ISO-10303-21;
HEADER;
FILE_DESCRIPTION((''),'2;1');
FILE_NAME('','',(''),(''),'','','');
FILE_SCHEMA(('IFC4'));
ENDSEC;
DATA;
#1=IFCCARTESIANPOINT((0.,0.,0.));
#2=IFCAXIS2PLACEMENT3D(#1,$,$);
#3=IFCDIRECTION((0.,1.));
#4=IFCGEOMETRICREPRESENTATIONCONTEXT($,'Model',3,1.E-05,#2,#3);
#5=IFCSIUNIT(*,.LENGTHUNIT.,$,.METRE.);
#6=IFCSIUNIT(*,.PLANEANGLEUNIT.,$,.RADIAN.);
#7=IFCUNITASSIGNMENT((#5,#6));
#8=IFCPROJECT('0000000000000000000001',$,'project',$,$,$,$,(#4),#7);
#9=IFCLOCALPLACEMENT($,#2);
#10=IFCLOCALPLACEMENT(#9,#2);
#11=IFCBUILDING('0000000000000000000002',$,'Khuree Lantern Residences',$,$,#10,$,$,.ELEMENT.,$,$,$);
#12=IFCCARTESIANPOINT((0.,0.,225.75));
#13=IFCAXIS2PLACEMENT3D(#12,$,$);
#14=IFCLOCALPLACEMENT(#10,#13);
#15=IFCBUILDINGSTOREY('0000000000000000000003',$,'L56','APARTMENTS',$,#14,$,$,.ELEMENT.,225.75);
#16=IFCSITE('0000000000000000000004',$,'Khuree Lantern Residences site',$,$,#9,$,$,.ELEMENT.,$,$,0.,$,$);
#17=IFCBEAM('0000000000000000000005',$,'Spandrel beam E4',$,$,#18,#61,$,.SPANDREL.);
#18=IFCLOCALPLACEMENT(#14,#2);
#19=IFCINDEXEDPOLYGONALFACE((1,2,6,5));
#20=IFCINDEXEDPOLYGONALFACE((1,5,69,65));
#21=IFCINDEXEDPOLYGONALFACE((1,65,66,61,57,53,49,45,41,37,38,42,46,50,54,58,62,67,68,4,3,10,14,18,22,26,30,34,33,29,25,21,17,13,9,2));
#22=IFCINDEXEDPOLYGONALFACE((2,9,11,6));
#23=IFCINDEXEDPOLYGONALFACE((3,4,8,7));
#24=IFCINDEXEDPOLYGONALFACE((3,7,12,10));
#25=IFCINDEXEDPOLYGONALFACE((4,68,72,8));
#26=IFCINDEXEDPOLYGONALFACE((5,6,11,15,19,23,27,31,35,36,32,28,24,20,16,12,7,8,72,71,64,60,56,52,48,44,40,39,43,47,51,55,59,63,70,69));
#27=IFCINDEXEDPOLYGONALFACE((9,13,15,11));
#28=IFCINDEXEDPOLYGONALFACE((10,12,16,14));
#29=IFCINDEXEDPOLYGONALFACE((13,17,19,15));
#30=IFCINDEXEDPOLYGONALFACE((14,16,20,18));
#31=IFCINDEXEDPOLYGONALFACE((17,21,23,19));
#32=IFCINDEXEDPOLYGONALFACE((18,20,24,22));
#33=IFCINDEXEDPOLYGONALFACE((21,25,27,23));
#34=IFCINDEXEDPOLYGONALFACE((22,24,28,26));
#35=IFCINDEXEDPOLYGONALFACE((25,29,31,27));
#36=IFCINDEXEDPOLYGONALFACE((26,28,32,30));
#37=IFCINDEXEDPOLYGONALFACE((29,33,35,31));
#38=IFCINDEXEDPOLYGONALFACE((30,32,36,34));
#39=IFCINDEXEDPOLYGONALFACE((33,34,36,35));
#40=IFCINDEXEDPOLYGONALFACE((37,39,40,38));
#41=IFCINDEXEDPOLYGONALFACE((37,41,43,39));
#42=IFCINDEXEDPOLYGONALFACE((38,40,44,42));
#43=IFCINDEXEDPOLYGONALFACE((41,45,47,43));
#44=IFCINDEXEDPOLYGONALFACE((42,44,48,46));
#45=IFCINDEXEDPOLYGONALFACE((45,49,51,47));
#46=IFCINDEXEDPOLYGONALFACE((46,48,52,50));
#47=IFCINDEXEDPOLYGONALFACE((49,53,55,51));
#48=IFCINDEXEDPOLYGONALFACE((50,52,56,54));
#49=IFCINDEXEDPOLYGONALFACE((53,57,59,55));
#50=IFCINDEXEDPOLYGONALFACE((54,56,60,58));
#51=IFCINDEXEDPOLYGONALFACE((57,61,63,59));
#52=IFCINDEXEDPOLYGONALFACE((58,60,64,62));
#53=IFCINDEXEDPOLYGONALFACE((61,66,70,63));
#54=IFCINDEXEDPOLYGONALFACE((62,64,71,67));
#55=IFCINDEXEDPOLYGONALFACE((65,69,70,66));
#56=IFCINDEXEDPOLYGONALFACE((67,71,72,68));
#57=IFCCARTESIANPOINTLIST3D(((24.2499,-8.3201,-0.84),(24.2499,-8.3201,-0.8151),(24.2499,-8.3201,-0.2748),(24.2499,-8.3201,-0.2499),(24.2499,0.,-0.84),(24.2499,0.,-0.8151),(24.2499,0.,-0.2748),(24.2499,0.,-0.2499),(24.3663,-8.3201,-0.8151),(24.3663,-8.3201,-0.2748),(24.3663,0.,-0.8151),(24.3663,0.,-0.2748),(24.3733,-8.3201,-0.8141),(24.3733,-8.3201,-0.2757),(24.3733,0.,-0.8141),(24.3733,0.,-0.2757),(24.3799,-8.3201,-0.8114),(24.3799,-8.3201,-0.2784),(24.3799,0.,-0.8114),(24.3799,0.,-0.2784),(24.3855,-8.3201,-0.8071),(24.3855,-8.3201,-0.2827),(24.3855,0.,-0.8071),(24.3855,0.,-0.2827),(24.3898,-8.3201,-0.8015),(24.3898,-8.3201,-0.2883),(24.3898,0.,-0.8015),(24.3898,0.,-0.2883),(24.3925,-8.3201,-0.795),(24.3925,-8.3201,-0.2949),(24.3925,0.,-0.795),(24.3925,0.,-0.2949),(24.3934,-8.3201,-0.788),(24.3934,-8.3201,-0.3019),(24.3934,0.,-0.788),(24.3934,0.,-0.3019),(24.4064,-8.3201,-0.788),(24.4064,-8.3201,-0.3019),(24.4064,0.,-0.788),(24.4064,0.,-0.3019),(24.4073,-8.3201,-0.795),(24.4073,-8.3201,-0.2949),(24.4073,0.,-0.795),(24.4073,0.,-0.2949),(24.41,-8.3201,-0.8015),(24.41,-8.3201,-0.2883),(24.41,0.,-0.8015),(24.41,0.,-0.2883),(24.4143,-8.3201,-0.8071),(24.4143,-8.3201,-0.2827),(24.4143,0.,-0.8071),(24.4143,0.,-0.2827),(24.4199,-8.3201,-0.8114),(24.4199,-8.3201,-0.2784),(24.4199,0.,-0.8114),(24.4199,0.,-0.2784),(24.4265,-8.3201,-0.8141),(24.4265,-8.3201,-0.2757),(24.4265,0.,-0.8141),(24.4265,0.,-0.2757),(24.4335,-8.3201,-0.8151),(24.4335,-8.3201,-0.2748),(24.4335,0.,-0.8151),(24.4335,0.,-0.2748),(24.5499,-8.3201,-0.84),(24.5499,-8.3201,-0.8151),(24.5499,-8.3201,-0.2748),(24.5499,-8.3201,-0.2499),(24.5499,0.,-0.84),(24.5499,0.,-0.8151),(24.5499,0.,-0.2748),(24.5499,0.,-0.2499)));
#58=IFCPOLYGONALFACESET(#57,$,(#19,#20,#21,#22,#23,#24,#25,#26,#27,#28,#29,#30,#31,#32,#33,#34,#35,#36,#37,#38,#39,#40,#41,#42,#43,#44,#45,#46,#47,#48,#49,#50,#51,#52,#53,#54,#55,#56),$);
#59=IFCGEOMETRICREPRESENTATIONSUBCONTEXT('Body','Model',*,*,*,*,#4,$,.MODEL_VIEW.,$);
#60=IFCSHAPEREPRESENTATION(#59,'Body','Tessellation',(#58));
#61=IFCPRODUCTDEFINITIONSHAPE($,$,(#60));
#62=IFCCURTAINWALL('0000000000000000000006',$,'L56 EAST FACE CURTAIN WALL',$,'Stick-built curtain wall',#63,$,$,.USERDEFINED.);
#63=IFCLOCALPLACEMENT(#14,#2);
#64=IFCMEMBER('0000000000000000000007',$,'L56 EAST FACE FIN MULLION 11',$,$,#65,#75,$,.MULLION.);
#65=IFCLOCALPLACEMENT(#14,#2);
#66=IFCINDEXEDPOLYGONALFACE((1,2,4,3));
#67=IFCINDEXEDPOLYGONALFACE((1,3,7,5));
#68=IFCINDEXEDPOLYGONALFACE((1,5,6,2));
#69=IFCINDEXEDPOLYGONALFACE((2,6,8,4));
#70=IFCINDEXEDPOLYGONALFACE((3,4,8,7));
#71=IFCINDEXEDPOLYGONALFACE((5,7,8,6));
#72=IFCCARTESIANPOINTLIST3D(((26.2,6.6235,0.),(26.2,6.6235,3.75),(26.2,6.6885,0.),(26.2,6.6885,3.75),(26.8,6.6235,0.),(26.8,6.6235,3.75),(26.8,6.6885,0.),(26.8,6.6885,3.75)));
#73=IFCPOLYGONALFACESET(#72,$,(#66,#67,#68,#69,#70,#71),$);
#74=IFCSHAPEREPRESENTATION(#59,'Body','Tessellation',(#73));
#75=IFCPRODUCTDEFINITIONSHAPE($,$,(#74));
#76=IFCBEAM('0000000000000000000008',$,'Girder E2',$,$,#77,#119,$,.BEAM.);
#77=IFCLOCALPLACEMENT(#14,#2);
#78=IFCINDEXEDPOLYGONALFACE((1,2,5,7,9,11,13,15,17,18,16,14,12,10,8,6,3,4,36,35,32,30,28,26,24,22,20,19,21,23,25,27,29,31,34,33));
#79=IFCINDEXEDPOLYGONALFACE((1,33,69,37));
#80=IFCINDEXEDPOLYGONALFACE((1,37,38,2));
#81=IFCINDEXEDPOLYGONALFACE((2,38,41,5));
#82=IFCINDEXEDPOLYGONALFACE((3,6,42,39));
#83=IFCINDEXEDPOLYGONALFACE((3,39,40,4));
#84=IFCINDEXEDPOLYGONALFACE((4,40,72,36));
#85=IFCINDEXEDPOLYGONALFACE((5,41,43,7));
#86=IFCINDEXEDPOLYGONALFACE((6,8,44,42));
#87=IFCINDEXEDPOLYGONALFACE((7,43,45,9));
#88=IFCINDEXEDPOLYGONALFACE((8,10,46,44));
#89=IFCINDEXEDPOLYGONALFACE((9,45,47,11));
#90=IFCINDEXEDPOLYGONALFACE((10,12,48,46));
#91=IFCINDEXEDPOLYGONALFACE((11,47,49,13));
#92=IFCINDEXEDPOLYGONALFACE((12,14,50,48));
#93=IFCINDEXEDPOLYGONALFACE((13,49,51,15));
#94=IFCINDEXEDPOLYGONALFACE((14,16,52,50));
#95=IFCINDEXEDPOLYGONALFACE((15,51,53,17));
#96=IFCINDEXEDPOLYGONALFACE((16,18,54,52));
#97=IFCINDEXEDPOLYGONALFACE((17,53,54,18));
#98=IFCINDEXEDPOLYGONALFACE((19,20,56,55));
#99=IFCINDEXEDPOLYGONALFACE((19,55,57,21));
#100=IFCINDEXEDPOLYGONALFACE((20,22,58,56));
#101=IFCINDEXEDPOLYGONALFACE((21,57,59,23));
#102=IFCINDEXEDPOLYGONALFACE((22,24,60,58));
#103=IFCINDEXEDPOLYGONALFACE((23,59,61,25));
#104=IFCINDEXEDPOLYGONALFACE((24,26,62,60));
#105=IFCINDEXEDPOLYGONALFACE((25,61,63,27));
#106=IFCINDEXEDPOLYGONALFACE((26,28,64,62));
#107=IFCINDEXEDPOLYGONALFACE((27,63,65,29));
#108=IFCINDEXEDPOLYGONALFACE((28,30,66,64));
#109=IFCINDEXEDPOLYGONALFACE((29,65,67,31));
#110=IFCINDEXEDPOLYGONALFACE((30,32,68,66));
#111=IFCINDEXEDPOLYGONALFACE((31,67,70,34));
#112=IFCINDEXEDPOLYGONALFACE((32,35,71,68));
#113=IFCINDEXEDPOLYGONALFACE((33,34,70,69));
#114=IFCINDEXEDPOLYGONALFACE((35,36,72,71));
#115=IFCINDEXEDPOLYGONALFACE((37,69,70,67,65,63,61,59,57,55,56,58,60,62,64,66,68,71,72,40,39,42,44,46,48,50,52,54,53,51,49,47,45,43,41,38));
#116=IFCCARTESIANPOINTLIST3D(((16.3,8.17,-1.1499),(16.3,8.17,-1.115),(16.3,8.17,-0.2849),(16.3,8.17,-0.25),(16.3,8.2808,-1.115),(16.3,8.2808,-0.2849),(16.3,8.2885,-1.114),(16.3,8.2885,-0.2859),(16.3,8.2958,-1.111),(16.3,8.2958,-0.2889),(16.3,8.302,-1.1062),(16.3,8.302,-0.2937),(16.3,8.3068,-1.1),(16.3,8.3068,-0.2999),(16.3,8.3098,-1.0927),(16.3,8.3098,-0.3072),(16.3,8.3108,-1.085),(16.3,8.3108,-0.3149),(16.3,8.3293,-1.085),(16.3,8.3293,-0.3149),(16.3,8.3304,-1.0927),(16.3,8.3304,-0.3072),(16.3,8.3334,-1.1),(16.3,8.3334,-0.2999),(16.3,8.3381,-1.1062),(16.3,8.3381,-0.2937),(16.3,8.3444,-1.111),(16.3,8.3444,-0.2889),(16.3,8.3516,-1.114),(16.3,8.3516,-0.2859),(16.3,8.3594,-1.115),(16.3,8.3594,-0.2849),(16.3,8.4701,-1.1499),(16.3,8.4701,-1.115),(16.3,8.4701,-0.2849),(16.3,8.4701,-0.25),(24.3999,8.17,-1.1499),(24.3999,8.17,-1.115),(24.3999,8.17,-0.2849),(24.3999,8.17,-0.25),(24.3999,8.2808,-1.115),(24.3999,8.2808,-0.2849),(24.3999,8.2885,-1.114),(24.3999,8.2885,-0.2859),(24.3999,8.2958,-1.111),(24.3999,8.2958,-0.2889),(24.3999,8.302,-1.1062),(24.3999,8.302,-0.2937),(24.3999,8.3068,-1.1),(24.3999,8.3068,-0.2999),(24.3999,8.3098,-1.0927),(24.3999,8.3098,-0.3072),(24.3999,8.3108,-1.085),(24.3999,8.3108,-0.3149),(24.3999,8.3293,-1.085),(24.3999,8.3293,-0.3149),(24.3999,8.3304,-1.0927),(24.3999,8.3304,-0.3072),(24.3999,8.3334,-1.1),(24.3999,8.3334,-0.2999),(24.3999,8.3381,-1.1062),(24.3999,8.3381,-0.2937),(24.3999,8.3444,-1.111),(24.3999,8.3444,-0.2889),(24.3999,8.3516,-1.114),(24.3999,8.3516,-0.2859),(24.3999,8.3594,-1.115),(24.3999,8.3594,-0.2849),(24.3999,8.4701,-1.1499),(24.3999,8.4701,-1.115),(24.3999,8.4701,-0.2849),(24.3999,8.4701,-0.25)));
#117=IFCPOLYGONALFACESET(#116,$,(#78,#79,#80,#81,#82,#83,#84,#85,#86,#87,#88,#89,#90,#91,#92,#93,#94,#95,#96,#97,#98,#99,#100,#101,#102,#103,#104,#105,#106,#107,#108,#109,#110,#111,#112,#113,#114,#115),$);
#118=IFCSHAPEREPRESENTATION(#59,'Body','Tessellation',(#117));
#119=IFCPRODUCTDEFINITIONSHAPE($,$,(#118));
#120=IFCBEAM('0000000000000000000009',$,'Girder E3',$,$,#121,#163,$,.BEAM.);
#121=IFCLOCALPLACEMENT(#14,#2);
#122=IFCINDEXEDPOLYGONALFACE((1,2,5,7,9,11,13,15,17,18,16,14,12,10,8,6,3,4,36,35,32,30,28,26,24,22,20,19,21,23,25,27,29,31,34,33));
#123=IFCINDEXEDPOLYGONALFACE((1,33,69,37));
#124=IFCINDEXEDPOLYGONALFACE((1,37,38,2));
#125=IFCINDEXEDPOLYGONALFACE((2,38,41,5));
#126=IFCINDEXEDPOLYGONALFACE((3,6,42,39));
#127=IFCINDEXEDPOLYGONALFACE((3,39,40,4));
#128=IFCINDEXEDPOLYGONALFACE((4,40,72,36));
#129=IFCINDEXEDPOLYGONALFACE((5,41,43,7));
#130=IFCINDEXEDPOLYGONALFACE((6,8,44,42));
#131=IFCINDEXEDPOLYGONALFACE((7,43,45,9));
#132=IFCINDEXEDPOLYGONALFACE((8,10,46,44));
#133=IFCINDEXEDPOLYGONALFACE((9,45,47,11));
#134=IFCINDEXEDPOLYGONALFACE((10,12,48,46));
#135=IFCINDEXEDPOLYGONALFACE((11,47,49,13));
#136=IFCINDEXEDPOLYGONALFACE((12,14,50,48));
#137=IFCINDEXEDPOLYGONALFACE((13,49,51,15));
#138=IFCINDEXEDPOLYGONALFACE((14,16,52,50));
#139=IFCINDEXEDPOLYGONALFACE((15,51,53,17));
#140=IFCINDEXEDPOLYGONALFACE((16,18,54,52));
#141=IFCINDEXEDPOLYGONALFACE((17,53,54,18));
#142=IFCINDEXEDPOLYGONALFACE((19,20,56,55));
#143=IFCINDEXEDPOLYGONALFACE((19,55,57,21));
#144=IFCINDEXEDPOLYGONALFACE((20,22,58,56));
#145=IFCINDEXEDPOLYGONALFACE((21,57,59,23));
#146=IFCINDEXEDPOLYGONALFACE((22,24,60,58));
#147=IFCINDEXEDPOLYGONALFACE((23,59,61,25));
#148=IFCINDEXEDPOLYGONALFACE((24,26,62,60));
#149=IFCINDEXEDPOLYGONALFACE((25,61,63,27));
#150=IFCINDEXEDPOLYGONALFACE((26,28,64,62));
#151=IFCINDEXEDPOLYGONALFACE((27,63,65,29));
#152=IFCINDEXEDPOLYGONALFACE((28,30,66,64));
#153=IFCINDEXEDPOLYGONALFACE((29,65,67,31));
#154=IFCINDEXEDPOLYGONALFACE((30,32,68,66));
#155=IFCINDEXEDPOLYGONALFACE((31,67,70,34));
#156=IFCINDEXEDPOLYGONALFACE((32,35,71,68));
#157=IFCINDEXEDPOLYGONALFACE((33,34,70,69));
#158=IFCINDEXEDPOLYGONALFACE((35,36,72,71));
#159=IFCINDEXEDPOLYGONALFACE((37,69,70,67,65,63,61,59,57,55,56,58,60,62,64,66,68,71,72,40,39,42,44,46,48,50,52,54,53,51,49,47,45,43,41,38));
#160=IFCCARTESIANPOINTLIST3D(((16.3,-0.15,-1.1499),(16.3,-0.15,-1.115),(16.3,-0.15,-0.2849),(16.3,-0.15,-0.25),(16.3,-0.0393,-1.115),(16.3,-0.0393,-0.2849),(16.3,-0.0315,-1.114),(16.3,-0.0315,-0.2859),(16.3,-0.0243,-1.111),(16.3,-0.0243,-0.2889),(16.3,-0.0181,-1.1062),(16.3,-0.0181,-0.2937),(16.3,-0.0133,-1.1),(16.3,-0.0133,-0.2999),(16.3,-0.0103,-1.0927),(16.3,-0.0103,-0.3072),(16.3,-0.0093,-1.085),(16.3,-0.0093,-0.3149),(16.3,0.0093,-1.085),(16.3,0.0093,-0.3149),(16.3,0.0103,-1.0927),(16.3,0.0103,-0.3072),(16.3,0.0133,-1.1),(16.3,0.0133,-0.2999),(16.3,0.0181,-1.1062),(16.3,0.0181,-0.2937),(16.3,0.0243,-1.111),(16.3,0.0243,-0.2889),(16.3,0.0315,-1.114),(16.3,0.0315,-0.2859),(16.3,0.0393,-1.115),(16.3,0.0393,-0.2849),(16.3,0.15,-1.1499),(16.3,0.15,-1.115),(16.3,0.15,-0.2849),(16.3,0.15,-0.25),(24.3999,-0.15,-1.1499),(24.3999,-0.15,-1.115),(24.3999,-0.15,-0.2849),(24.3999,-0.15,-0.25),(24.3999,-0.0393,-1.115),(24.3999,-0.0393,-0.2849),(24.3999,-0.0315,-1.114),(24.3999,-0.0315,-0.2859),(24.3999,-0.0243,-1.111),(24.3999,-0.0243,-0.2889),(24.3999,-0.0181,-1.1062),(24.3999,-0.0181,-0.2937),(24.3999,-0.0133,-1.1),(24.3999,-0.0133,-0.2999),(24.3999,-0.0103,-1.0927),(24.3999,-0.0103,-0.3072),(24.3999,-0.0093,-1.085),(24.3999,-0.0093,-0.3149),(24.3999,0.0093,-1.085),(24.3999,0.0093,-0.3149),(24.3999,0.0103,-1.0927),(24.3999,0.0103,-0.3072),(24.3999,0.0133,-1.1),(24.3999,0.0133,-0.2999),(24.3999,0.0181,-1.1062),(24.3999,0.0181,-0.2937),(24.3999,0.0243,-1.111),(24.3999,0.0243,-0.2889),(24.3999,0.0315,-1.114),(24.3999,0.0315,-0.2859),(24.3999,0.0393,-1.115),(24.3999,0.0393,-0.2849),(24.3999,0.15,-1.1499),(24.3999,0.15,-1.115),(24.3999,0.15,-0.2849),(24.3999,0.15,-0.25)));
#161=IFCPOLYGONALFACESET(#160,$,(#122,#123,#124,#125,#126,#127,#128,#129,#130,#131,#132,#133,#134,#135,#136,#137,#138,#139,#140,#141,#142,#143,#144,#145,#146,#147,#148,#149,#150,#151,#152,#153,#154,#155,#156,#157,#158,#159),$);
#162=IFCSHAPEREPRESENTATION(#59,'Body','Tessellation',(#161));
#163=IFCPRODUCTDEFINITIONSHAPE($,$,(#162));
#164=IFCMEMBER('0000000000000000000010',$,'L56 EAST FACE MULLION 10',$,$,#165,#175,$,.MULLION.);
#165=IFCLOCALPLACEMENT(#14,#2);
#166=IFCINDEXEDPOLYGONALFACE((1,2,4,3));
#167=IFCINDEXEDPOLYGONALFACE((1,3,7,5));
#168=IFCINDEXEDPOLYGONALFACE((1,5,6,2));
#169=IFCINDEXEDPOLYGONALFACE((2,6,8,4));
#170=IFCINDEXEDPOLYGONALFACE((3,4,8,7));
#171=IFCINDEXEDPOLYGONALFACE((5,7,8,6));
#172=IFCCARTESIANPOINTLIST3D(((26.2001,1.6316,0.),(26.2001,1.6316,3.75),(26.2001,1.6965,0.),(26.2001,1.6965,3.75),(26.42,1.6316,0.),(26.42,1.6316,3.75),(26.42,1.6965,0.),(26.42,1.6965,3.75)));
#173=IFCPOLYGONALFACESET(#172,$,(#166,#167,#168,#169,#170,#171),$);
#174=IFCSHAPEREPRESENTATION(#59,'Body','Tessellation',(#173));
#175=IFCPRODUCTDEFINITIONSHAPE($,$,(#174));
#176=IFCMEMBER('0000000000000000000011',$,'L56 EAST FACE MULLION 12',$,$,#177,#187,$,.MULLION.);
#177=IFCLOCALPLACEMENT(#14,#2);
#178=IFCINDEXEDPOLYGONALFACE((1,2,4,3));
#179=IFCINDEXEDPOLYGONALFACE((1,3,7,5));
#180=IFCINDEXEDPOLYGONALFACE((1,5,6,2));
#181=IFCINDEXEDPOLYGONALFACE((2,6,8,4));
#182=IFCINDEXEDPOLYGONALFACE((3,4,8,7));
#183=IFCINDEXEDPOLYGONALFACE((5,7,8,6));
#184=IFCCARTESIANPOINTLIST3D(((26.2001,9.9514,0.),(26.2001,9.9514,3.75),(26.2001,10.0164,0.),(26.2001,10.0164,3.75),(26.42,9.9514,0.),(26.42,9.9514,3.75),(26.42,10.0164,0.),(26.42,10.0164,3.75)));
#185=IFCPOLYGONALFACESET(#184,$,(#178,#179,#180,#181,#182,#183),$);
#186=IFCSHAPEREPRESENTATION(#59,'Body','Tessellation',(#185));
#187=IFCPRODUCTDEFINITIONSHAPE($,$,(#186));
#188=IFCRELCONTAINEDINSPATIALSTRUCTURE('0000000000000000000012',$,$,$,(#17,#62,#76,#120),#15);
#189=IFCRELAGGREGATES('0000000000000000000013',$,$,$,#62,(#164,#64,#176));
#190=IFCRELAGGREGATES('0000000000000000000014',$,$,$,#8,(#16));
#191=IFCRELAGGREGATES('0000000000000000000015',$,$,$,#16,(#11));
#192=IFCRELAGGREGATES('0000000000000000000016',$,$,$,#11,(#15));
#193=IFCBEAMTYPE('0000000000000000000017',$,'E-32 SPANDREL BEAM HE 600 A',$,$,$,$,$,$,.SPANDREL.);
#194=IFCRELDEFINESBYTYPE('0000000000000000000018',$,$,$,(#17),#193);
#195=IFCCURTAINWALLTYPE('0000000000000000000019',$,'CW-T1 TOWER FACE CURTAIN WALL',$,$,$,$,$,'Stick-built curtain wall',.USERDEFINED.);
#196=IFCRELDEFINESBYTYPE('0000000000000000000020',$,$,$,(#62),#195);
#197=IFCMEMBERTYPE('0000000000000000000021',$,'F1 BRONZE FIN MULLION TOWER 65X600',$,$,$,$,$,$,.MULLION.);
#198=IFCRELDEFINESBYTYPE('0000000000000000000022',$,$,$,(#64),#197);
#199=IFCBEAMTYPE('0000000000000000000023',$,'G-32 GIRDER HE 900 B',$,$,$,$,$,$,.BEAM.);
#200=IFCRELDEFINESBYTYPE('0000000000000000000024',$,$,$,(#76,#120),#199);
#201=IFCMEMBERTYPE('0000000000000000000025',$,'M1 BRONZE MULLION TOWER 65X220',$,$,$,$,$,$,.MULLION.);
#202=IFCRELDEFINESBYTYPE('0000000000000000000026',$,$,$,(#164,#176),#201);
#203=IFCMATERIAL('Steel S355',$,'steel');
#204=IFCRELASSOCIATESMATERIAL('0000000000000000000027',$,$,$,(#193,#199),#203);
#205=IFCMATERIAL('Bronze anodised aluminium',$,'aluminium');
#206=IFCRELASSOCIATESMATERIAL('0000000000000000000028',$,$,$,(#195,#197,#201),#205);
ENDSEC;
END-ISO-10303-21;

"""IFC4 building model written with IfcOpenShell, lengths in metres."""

from ifc_helpers import new_model, si_unit, direction, frame, origin, origin_2d, place, context, subcontext, project, spatial, rectangle, i_section, extrude, material, material_profile, profile_set, type_object, element, aggregate, save


model = new_model("IFC4")

# Units and contexts
model_context = context("Model", 3, precision=1e-05, world=origin(), true_north=direction((0.0, 1.0)))
body_context = subcontext(model_context, "Body", "Model", "MODEL_VIEW")
ifc_project = project(units=[si_unit("LENGTHUNIT", "METRE"), si_unit("PLANEANGLEUNIT", "RADIAN")], contexts=[model_context])

# Site, building, storey
site_placement = place(None, origin())
site = spatial("IfcSite", under=ifc_project, at=site_placement, Name="Khuree Lantern Residences site", CompositionType="ELEMENT", RefElevation=0.0)
building_placement = place(site_placement, origin())
building = spatial("IfcBuilding", under=site, at=building_placement, Name="Khuree Lantern Residences", CompositionType="ELEMENT")
storey_placement = place(building_placement, frame((0.0, 0.0, 225.75)))
storey = spatial("IfcBuildingStorey", under=building, at=storey_placement, Name="L56", Description="APARTMENTS", CompositionType="ELEMENT", Elevation=225.75)

# Beam
ifc_material_1 = material(Name="Steel S355", Category="steel")
ifc_material_profile_1 = material_profile(ifc_material_1, i_section(OverallWidth=0.3, OverallDepth=0.5901, WebThickness=0.0129, FlangeThickness=0.0249, FilletRadius=0.0271, at=origin_2d()), Name="HE 600 A")
ifc_profile_set_1 = profile_set([ifc_material_profile_1], Name="Steel S355")
beam_type_1 = type_object("IfcBeamType", Name="E-32 SPANDREL BEAM HE 600 A", PredefinedType="SPANDREL", material=ifc_profile_set_1)
for number, where, z_axis, x_axis, name in (
    (1, (24.3999, 0.0, -0.5449), (0.0, -1.0, 0.0), (1.0, 0.0, 0.0), "Spandrel beam E4"),
):
    element("IfcBeam", number, at=place(storey_placement, frame(where, z_axis=z_axis, x_axis=x_axis)), inside=storey, type_object=beam_type_1, Name=name, PredefinedType="SPANDREL", context=body_context, shape_type="SweptSolid", body=[
        extrude(i_section(OverallWidth=0.3, OverallDepth=0.5901, WebThickness=0.0129, FlangeThickness=0.0249, FilletRadius=0.0271, at=origin_2d()), origin(), (0.0, 0.0, 1.0), 8.3201),
    ])

# Curtain wall, member
ifc_material_2 = material(Name="Bronze anodised aluminium", Category="aluminium")
curtain_wall_type = type_object("IfcCurtainWallType", Name="CW-T1 TOWER FACE CURTAIN WALL", ElementType="Stick-built curtain wall", PredefinedType="USERDEFINED", material=ifc_material_2)
curtain_wall_placement = place(storey_placement, origin())
curtain_wall = element("IfcCurtainWall", 2, at=curtain_wall_placement, inside=storey, type_object=curtain_wall_type, Name="L56 EAST FACE CURTAIN WALL", ObjectType="Stick-built curtain wall", PredefinedType="USERDEFINED")
ifc_material_profile_2 = material_profile(ifc_material_2, rectangle(XDim=0.0649, YDim=0.6001, at=origin_2d()), Name="F1 65X600")
ifc_profile_set_2 = profile_set([ifc_material_profile_2], Name="Bronze anodised aluminium")
member_type_1 = type_object("IfcMemberType", Name="F1 BRONZE FIN MULLION TOWER 65X600", PredefinedType="MULLION", material=ifc_profile_set_2)
member_1_placement = place(storey_placement, frame((26.5, 6.656, 0.0), z_axis=(0.0, 0.0, 1.0), x_axis=(0.0, 1.0, 0.0)))
member_1 = element("IfcMember", 3, at=member_1_placement, type_object=member_type_1, Name="L56 EAST FACE FIN MULLION 11", PredefinedType="MULLION", context=body_context, shape_type="SweptSolid", body=[
    extrude(rectangle(XDim=0.0649, YDim=0.6001, at=origin_2d()), origin(), (0.0, 0.0, 1.0), 3.75),
])

# Beams
ifc_material_profile_3 = material_profile(ifc_material_1, i_section(OverallWidth=0.3, OverallDepth=0.8999, WebThickness=0.0186, FlangeThickness=0.0349, FilletRadius=0.03, at=origin_2d()), Name="HE 900 B")
ifc_profile_set_3 = profile_set([ifc_material_profile_3], Name="Steel S355")
beam_type_2 = type_object("IfcBeamType", Name="G-32 GIRDER HE 900 B", PredefinedType="BEAM", material=ifc_profile_set_3)
for number, where, z_axis, x_axis, name in (
    (4, (24.3999, 8.3201, -0.7), (-1.0, 0.0, 0.0), (0.0, -1.0, 0.0), "Girder E2"),
    (5, (24.3999, 0.0, -0.7), (-1.0, 0.0, 0.0), (0.0, -1.0, 0.0), "Girder E3"),
):
    element("IfcBeam", number, at=place(storey_placement, frame(where, z_axis=z_axis, x_axis=x_axis)), inside=storey, type_object=beam_type_2, Name=name, PredefinedType="BEAM", context=body_context, shape_type="SweptSolid", body=[
        extrude(i_section(OverallWidth=0.3, OverallDepth=0.8999, WebThickness=0.0186, FlangeThickness=0.0349, FilletRadius=0.03, at=origin_2d()), origin(), (0.0, 0.0, 1.0), 8.0999),
    ])

# Members
ifc_material_profile_4 = material_profile(ifc_material_2, rectangle(XDim=0.0649, YDim=0.22, at=origin_2d()), Name="M1 65X220")
ifc_profile_set_4 = profile_set([ifc_material_profile_4], Name="Bronze anodised aluminium")
member_type_2 = type_object("IfcMemberType", Name="M1 BRONZE MULLION TOWER 65X220", PredefinedType="MULLION", material=ifc_profile_set_4)
member_2_placement = place(storey_placement, frame((26.3101, 1.6641, 0.0), z_axis=(0.0, 0.0, 1.0), x_axis=(0.0, 1.0, 0.0)))
member_2 = element("IfcMember", 6, at=member_2_placement, type_object=member_type_2, Name="L56 EAST FACE MULLION 10", PredefinedType="MULLION", context=body_context, shape_type="SweptSolid", body=[
    extrude(rectangle(XDim=0.0649, YDim=0.22, at=origin_2d()), origin(), (0.0, 0.0, 1.0), 3.75),
])
member_3_placement = place(storey_placement, frame((26.3101, 9.9839, 0.0), z_axis=(0.0, 0.0, 1.0), x_axis=(0.0, 1.0, 0.0)))
member_3 = element("IfcMember", 7, at=member_3_placement, type_object=member_type_2, Name="L56 EAST FACE MULLION 12", PredefinedType="MULLION", context=body_context, shape_type="SweptSolid", body=[
    extrude(rectangle(XDim=0.0649, YDim=0.22, at=origin_2d()), origin(), (0.0, 0.0, 1.0), 3.75),
])

aggregate(curtain_wall, [member_2, member_1, member_3])

save(model, "model.ifc")
